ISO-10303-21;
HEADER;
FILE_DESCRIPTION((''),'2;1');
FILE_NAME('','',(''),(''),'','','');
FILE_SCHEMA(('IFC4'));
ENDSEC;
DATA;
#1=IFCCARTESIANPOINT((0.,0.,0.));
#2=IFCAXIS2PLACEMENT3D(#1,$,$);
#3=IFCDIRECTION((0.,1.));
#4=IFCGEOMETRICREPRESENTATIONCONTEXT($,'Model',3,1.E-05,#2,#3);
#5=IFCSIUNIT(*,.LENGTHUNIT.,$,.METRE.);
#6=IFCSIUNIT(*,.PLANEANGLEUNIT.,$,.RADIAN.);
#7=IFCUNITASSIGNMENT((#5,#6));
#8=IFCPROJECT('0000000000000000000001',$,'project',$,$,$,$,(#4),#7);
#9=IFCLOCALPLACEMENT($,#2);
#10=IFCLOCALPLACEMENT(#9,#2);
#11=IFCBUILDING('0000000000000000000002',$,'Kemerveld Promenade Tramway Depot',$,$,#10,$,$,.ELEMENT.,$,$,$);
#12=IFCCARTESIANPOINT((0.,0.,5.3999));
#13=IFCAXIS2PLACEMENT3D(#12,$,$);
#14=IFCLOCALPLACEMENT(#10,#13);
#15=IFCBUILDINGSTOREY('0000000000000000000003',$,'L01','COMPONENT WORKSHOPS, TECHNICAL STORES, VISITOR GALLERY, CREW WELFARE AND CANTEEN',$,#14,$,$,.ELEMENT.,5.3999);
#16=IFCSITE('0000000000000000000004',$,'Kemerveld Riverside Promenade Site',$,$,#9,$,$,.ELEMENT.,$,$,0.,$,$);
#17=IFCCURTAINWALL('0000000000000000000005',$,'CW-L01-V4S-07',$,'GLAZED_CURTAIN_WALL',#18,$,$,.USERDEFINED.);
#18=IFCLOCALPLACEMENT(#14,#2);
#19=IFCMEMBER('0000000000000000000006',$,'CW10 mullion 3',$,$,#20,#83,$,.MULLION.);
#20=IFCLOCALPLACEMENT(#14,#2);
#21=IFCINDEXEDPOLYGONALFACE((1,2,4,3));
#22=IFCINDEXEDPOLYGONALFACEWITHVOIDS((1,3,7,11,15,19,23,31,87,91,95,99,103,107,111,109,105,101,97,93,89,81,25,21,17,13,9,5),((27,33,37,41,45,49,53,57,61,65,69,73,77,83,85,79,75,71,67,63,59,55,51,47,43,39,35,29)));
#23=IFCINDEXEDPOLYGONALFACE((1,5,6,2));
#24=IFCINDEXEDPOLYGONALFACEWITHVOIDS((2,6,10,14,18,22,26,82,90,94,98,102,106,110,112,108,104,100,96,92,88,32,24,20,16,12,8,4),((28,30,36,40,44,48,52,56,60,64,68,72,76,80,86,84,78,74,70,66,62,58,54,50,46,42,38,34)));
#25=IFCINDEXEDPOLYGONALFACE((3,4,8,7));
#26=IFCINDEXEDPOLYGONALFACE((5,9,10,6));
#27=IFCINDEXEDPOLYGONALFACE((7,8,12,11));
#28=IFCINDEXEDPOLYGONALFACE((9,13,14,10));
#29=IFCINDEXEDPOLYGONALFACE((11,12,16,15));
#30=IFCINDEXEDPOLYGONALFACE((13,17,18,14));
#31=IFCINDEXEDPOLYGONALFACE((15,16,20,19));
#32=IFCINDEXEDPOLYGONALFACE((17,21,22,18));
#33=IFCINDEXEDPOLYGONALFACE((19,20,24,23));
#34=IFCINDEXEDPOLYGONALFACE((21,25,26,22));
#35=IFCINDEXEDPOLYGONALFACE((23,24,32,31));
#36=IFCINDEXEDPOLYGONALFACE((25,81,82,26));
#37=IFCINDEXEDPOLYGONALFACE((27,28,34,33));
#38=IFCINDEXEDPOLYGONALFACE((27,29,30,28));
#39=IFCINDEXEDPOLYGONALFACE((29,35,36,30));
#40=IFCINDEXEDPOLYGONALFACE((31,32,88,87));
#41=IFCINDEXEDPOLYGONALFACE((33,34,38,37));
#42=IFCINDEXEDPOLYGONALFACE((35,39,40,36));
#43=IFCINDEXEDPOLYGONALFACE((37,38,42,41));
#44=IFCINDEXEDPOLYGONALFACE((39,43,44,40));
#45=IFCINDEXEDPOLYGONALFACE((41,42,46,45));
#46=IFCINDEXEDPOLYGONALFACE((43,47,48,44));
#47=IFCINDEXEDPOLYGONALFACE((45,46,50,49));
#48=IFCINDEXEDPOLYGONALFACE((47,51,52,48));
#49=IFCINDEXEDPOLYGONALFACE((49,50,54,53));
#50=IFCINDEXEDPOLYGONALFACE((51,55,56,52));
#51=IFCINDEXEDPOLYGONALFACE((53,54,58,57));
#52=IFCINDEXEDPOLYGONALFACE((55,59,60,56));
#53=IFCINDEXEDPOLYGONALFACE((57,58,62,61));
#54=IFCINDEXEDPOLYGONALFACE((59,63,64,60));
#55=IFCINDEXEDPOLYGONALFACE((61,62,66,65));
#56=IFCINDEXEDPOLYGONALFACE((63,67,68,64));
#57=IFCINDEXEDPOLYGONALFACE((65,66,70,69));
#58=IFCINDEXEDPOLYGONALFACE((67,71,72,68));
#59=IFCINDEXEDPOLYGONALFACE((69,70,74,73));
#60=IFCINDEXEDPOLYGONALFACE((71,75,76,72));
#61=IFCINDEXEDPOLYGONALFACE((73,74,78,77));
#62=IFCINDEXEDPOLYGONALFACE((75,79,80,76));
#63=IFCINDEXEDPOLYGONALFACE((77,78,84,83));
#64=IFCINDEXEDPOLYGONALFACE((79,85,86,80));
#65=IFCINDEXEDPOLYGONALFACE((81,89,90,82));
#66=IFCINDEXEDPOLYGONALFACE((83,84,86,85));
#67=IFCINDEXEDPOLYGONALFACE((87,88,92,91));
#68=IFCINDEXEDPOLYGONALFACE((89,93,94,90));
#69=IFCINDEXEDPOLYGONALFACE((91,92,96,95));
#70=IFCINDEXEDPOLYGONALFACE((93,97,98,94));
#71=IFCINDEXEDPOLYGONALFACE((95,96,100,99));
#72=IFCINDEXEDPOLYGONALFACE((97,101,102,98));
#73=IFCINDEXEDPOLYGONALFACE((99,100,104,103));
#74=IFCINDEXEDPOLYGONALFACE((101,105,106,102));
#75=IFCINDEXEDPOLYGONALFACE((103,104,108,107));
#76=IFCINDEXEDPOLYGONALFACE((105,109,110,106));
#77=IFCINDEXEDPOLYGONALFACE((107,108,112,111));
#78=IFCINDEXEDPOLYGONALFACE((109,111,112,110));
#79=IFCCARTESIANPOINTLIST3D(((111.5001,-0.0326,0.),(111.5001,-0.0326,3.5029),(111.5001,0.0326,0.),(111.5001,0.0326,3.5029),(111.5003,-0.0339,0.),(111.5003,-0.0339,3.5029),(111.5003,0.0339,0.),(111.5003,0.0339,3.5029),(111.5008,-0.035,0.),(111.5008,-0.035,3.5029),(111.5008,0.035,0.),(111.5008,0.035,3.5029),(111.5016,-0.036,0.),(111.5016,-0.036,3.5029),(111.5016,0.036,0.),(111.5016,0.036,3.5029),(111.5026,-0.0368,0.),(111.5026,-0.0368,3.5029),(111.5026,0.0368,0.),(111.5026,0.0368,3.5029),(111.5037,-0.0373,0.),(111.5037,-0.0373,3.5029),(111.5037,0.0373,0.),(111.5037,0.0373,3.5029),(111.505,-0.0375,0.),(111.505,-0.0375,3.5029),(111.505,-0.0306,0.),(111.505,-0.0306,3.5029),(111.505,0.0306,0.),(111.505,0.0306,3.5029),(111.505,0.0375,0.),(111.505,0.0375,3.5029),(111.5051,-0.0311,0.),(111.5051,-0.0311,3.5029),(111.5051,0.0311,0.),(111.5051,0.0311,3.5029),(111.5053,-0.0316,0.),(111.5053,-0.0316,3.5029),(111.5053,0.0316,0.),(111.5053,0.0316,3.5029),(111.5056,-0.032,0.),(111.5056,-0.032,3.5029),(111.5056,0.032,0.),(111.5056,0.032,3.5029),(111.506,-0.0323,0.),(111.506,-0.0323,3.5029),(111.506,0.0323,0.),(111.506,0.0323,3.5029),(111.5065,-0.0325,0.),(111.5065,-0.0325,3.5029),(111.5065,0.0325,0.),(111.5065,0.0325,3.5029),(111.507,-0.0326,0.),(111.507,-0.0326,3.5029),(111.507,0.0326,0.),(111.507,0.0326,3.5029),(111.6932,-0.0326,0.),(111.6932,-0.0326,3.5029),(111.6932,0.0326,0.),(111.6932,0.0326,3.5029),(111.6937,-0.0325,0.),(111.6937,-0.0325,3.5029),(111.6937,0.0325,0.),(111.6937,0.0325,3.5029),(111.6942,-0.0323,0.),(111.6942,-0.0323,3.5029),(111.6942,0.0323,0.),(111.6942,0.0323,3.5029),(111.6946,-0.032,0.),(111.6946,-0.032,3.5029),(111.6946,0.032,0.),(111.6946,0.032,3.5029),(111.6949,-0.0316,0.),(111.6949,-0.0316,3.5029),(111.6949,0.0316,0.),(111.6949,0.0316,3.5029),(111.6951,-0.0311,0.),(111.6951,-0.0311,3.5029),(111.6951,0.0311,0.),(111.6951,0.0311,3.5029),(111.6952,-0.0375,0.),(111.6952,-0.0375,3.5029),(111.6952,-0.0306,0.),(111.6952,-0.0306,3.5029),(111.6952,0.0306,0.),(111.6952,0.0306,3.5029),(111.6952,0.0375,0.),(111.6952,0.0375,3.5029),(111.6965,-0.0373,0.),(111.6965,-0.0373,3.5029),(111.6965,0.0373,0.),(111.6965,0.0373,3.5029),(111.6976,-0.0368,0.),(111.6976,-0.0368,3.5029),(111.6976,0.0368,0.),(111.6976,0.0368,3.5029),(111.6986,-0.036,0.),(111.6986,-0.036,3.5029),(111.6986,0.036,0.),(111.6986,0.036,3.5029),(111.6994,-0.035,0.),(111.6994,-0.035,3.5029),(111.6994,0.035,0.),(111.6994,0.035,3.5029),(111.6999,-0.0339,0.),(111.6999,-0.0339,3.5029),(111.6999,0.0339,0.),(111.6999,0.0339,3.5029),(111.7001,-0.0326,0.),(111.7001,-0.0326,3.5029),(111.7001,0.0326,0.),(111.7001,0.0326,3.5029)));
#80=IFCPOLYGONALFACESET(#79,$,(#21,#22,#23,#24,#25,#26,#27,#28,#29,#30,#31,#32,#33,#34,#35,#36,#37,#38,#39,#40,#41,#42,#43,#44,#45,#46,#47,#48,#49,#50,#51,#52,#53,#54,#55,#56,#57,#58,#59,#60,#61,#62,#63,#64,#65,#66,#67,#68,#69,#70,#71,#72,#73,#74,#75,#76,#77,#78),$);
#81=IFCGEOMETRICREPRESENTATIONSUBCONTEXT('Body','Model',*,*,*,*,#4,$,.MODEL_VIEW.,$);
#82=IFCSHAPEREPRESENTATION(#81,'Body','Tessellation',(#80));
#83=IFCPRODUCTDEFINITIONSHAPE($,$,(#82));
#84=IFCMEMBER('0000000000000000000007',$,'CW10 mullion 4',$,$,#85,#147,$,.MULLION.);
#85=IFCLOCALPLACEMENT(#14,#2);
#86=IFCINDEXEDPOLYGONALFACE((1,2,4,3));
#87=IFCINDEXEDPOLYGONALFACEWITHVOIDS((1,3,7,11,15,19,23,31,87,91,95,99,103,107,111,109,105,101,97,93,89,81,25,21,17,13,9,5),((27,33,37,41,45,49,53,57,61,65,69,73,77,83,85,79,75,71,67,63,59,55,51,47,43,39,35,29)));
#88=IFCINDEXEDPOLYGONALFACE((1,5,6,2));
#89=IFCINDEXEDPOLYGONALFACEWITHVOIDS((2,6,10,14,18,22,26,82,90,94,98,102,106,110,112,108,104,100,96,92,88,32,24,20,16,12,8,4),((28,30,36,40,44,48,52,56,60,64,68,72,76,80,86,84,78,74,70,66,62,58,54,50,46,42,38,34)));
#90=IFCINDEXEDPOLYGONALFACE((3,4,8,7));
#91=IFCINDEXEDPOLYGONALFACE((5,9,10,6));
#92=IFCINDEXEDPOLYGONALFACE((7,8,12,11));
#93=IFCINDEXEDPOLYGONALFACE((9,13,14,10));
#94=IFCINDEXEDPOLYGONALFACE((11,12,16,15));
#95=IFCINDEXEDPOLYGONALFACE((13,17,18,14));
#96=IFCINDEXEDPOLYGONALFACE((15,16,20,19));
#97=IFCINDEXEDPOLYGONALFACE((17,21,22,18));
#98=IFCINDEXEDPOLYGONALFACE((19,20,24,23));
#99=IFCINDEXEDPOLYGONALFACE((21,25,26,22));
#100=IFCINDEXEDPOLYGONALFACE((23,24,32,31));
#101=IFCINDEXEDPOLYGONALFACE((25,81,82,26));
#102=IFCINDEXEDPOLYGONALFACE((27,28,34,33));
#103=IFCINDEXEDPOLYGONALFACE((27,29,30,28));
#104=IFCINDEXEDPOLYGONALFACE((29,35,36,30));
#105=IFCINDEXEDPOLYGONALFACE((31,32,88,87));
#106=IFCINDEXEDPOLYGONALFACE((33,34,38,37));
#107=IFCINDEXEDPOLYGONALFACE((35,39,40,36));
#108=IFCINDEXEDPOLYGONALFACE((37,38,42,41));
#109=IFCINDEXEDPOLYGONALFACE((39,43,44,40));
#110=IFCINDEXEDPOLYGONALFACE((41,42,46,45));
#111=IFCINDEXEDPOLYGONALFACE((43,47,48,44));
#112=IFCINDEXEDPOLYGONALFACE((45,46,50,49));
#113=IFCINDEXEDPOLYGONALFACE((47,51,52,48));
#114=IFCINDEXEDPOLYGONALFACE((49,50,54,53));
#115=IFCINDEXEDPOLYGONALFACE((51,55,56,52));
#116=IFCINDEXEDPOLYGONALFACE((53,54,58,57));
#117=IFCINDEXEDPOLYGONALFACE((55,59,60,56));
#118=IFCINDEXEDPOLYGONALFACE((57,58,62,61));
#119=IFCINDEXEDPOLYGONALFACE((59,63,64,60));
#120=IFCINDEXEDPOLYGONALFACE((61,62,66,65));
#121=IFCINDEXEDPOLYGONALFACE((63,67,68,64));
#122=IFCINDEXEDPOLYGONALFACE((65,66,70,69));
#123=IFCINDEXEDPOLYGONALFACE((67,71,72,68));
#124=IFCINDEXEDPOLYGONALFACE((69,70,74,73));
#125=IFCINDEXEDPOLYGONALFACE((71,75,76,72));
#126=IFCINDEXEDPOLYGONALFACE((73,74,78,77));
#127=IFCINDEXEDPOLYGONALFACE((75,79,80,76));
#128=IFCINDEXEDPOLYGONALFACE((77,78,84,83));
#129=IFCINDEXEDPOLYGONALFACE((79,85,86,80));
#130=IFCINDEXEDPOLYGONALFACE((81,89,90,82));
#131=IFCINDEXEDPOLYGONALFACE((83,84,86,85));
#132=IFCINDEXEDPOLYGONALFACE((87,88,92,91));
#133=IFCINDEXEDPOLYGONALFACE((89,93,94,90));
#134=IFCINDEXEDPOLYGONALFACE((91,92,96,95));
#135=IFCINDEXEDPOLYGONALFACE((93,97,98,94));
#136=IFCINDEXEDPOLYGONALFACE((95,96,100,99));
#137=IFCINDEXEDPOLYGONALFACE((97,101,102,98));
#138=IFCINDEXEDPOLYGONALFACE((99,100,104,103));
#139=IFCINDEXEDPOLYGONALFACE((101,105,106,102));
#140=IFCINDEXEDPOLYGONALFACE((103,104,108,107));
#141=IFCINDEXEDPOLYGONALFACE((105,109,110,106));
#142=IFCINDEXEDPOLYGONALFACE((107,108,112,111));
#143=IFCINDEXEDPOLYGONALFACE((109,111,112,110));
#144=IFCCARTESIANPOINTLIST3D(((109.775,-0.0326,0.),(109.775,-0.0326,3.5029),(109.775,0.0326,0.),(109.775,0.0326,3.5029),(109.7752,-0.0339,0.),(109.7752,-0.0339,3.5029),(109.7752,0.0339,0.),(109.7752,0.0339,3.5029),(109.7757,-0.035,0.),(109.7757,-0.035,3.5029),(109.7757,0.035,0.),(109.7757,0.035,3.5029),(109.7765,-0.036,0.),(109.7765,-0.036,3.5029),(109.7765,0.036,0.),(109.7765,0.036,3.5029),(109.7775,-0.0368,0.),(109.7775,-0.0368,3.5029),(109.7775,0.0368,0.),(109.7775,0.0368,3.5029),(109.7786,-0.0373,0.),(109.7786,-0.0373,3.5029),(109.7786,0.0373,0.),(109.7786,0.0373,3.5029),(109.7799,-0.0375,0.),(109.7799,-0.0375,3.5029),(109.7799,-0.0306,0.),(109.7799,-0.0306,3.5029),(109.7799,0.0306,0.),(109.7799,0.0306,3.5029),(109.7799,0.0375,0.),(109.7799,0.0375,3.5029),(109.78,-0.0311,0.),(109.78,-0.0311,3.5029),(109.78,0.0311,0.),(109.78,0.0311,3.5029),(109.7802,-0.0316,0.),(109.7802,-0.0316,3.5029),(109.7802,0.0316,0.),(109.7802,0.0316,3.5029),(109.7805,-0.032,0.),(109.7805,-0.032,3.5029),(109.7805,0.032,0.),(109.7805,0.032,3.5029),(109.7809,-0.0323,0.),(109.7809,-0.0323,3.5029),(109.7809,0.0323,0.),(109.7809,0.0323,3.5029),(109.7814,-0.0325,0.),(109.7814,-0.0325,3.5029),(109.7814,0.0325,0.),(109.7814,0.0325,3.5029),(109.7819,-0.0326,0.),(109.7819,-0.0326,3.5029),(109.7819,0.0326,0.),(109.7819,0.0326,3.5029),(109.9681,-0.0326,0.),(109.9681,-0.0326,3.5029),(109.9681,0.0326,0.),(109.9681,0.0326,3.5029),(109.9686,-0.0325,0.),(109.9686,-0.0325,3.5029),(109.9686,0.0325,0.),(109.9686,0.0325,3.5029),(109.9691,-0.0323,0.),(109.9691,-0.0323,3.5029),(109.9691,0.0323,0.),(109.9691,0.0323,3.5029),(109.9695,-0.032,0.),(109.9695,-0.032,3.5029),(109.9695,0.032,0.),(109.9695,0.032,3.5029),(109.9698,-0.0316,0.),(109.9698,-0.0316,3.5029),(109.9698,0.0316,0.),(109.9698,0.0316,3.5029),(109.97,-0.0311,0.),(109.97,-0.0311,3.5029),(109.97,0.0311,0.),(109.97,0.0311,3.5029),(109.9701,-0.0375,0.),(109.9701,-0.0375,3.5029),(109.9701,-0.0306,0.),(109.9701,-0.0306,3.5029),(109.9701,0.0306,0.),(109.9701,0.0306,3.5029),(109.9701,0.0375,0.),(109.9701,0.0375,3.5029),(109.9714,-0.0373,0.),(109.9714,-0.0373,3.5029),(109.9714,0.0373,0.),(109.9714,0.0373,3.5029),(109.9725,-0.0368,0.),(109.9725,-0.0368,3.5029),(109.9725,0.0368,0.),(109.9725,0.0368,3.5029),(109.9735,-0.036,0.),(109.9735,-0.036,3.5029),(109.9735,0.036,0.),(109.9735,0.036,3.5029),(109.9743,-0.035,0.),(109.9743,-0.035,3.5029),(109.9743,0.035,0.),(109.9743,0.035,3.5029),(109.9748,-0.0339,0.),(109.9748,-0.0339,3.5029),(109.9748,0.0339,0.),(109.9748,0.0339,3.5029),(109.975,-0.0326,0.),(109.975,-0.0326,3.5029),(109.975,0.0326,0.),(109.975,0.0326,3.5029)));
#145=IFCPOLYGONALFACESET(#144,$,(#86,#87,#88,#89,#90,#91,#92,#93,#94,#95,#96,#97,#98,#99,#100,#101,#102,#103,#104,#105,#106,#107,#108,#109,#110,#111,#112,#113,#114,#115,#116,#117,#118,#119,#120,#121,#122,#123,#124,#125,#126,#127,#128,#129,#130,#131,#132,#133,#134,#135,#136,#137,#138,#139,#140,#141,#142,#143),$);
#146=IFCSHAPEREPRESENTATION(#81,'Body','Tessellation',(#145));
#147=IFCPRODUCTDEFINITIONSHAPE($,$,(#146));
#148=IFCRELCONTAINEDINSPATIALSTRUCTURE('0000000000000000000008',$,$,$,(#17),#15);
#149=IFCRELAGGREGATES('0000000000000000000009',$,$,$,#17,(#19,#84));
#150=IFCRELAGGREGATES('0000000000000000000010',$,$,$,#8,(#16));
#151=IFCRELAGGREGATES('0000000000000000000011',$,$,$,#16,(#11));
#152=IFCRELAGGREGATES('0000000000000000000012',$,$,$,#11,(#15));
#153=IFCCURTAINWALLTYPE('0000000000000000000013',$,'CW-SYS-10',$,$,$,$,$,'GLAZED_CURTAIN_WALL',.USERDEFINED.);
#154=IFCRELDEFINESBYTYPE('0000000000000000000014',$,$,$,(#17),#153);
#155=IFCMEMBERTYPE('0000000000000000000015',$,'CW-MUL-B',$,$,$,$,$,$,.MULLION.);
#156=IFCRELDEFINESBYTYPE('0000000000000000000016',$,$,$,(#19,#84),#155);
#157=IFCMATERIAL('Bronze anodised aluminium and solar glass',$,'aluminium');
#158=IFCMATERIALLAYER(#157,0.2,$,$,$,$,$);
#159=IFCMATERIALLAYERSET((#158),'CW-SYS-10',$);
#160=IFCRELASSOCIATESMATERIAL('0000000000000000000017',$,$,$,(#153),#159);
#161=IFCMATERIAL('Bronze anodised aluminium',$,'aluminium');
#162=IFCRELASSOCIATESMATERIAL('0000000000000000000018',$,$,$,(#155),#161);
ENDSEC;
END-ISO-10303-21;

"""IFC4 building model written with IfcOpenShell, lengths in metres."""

from ifc_helpers import new_model, si_unit, direction, frame, origin, origin_2d, place, context, subcontext, project, spatial, hollow_rectangle, extrude, material, layer, layer_set, material_profile, profile_set, type_object, element, aggregate, save


model = new_model("IFC4")

# Units and contexts
model_context = context("Model", 3, precision=1e-05, world=origin(), true_north=direction((0.0, 1.0)))
body_context = subcontext(model_context, "Body", "Model", "MODEL_VIEW")
ifc_project = project(units=[si_unit("LENGTHUNIT", "METRE"), si_unit("PLANEANGLEUNIT", "RADIAN")], contexts=[model_context])

# Site, building, storey
site_placement = place(None, origin())
site = spatial("IfcSite", under=ifc_project, at=site_placement, Name="Kemerveld Riverside Promenade Site", CompositionType="ELEMENT", RefElevation=0.0)
building_placement = place(site_placement, origin())
building = spatial("IfcBuilding", under=site, at=building_placement, Name="Kemerveld Promenade Tramway Depot", CompositionType="ELEMENT")
storey_placement = place(building_placement, frame((0.0, 0.0, 5.3999)))
storey = spatial("IfcBuildingStorey", under=building, at=storey_placement, Name="L01", Description="COMPONENT WORKSHOPS, TECHNICAL STORES, VISITOR GALLERY, CREW WELFARE AND CANTEEN", CompositionType="ELEMENT", Elevation=5.3999)

# Curtain wall, members
ifc_material_1 = material(Name="Bronze anodised aluminium and solar glass", Category="aluminium")
ifc_layer_1 = layer(ifc_material_1, 0.2)
ifc_layer_set_1 = layer_set([ifc_layer_1], Name="CW-SYS-10")
curtain_wall_type = type_object("IfcCurtainWallType", Name="CW-SYS-10", ElementType="GLAZED_CURTAIN_WALL", PredefinedType="USERDEFINED", material=ifc_layer_set_1)
curtain_wall_placement = place(storey_placement, origin())
curtain_wall = element("IfcCurtainWall", 1, at=curtain_wall_placement, inside=storey, type_object=curtain_wall_type, Name="CW-L01-V4S-07", ObjectType="GLAZED_CURTAIN_WALL", PredefinedType="USERDEFINED")
ifc_material_2 = material(Name="Bronze anodised aluminium", Category="aluminium")
ifc_material_profile_1 = material_profile(ifc_material_2, hollow_rectangle(XDim=0.075, YDim=0.2, WallThickness=0.0049, InnerFilletRadius=0.002, OuterFilletRadius=0.0049, at=origin_2d()), Name="CW-MUL-200x75")
ifc_profile_set_1 = profile_set([ifc_material_profile_1], Name="Bronze anodised aluminium")
member_type_1 = type_object("IfcMemberType", Name="CW-MUL-B", PredefinedType="MULLION", material=ifc_profile_set_1)
member_1_placement = place(storey_placement, frame((111.6001, 0.0, 0.0), z_axis=(0.0, 0.0, 1.0), x_axis=(0.0, -1.0, 0.0)))
member_1 = element("IfcMember", 2, at=member_1_placement, type_object=member_type_1, Name="CW10 mullion 3", PredefinedType="MULLION", context=body_context, shape_type="SweptSolid", body=[
    extrude(hollow_rectangle(XDim=0.075, YDim=0.2, WallThickness=0.0049, InnerFilletRadius=0.002, OuterFilletRadius=0.0049, at=origin_2d()), origin(), (0.0, 0.0, 1.0), 3.5029),
])
member_2_placement = place(storey_placement, frame((109.875, 0.0, 0.0), z_axis=(0.0, 0.0, 1.0), x_axis=(0.0, -1.0, 0.0)))
member_2 = element("IfcMember", 3, at=member_2_placement, type_object=member_type_1, Name="CW10 mullion 4", PredefinedType="MULLION", context=body_context, shape_type="SweptSolid", body=[
    extrude(hollow_rectangle(XDim=0.075, YDim=0.2, WallThickness=0.0049, InnerFilletRadius=0.002, OuterFilletRadius=0.0049, at=origin_2d()), origin(), (0.0, 0.0, 1.0), 3.5029),
])
aggregate(curtain_wall, [member_1, member_2])

save(model, "model.ifc")
